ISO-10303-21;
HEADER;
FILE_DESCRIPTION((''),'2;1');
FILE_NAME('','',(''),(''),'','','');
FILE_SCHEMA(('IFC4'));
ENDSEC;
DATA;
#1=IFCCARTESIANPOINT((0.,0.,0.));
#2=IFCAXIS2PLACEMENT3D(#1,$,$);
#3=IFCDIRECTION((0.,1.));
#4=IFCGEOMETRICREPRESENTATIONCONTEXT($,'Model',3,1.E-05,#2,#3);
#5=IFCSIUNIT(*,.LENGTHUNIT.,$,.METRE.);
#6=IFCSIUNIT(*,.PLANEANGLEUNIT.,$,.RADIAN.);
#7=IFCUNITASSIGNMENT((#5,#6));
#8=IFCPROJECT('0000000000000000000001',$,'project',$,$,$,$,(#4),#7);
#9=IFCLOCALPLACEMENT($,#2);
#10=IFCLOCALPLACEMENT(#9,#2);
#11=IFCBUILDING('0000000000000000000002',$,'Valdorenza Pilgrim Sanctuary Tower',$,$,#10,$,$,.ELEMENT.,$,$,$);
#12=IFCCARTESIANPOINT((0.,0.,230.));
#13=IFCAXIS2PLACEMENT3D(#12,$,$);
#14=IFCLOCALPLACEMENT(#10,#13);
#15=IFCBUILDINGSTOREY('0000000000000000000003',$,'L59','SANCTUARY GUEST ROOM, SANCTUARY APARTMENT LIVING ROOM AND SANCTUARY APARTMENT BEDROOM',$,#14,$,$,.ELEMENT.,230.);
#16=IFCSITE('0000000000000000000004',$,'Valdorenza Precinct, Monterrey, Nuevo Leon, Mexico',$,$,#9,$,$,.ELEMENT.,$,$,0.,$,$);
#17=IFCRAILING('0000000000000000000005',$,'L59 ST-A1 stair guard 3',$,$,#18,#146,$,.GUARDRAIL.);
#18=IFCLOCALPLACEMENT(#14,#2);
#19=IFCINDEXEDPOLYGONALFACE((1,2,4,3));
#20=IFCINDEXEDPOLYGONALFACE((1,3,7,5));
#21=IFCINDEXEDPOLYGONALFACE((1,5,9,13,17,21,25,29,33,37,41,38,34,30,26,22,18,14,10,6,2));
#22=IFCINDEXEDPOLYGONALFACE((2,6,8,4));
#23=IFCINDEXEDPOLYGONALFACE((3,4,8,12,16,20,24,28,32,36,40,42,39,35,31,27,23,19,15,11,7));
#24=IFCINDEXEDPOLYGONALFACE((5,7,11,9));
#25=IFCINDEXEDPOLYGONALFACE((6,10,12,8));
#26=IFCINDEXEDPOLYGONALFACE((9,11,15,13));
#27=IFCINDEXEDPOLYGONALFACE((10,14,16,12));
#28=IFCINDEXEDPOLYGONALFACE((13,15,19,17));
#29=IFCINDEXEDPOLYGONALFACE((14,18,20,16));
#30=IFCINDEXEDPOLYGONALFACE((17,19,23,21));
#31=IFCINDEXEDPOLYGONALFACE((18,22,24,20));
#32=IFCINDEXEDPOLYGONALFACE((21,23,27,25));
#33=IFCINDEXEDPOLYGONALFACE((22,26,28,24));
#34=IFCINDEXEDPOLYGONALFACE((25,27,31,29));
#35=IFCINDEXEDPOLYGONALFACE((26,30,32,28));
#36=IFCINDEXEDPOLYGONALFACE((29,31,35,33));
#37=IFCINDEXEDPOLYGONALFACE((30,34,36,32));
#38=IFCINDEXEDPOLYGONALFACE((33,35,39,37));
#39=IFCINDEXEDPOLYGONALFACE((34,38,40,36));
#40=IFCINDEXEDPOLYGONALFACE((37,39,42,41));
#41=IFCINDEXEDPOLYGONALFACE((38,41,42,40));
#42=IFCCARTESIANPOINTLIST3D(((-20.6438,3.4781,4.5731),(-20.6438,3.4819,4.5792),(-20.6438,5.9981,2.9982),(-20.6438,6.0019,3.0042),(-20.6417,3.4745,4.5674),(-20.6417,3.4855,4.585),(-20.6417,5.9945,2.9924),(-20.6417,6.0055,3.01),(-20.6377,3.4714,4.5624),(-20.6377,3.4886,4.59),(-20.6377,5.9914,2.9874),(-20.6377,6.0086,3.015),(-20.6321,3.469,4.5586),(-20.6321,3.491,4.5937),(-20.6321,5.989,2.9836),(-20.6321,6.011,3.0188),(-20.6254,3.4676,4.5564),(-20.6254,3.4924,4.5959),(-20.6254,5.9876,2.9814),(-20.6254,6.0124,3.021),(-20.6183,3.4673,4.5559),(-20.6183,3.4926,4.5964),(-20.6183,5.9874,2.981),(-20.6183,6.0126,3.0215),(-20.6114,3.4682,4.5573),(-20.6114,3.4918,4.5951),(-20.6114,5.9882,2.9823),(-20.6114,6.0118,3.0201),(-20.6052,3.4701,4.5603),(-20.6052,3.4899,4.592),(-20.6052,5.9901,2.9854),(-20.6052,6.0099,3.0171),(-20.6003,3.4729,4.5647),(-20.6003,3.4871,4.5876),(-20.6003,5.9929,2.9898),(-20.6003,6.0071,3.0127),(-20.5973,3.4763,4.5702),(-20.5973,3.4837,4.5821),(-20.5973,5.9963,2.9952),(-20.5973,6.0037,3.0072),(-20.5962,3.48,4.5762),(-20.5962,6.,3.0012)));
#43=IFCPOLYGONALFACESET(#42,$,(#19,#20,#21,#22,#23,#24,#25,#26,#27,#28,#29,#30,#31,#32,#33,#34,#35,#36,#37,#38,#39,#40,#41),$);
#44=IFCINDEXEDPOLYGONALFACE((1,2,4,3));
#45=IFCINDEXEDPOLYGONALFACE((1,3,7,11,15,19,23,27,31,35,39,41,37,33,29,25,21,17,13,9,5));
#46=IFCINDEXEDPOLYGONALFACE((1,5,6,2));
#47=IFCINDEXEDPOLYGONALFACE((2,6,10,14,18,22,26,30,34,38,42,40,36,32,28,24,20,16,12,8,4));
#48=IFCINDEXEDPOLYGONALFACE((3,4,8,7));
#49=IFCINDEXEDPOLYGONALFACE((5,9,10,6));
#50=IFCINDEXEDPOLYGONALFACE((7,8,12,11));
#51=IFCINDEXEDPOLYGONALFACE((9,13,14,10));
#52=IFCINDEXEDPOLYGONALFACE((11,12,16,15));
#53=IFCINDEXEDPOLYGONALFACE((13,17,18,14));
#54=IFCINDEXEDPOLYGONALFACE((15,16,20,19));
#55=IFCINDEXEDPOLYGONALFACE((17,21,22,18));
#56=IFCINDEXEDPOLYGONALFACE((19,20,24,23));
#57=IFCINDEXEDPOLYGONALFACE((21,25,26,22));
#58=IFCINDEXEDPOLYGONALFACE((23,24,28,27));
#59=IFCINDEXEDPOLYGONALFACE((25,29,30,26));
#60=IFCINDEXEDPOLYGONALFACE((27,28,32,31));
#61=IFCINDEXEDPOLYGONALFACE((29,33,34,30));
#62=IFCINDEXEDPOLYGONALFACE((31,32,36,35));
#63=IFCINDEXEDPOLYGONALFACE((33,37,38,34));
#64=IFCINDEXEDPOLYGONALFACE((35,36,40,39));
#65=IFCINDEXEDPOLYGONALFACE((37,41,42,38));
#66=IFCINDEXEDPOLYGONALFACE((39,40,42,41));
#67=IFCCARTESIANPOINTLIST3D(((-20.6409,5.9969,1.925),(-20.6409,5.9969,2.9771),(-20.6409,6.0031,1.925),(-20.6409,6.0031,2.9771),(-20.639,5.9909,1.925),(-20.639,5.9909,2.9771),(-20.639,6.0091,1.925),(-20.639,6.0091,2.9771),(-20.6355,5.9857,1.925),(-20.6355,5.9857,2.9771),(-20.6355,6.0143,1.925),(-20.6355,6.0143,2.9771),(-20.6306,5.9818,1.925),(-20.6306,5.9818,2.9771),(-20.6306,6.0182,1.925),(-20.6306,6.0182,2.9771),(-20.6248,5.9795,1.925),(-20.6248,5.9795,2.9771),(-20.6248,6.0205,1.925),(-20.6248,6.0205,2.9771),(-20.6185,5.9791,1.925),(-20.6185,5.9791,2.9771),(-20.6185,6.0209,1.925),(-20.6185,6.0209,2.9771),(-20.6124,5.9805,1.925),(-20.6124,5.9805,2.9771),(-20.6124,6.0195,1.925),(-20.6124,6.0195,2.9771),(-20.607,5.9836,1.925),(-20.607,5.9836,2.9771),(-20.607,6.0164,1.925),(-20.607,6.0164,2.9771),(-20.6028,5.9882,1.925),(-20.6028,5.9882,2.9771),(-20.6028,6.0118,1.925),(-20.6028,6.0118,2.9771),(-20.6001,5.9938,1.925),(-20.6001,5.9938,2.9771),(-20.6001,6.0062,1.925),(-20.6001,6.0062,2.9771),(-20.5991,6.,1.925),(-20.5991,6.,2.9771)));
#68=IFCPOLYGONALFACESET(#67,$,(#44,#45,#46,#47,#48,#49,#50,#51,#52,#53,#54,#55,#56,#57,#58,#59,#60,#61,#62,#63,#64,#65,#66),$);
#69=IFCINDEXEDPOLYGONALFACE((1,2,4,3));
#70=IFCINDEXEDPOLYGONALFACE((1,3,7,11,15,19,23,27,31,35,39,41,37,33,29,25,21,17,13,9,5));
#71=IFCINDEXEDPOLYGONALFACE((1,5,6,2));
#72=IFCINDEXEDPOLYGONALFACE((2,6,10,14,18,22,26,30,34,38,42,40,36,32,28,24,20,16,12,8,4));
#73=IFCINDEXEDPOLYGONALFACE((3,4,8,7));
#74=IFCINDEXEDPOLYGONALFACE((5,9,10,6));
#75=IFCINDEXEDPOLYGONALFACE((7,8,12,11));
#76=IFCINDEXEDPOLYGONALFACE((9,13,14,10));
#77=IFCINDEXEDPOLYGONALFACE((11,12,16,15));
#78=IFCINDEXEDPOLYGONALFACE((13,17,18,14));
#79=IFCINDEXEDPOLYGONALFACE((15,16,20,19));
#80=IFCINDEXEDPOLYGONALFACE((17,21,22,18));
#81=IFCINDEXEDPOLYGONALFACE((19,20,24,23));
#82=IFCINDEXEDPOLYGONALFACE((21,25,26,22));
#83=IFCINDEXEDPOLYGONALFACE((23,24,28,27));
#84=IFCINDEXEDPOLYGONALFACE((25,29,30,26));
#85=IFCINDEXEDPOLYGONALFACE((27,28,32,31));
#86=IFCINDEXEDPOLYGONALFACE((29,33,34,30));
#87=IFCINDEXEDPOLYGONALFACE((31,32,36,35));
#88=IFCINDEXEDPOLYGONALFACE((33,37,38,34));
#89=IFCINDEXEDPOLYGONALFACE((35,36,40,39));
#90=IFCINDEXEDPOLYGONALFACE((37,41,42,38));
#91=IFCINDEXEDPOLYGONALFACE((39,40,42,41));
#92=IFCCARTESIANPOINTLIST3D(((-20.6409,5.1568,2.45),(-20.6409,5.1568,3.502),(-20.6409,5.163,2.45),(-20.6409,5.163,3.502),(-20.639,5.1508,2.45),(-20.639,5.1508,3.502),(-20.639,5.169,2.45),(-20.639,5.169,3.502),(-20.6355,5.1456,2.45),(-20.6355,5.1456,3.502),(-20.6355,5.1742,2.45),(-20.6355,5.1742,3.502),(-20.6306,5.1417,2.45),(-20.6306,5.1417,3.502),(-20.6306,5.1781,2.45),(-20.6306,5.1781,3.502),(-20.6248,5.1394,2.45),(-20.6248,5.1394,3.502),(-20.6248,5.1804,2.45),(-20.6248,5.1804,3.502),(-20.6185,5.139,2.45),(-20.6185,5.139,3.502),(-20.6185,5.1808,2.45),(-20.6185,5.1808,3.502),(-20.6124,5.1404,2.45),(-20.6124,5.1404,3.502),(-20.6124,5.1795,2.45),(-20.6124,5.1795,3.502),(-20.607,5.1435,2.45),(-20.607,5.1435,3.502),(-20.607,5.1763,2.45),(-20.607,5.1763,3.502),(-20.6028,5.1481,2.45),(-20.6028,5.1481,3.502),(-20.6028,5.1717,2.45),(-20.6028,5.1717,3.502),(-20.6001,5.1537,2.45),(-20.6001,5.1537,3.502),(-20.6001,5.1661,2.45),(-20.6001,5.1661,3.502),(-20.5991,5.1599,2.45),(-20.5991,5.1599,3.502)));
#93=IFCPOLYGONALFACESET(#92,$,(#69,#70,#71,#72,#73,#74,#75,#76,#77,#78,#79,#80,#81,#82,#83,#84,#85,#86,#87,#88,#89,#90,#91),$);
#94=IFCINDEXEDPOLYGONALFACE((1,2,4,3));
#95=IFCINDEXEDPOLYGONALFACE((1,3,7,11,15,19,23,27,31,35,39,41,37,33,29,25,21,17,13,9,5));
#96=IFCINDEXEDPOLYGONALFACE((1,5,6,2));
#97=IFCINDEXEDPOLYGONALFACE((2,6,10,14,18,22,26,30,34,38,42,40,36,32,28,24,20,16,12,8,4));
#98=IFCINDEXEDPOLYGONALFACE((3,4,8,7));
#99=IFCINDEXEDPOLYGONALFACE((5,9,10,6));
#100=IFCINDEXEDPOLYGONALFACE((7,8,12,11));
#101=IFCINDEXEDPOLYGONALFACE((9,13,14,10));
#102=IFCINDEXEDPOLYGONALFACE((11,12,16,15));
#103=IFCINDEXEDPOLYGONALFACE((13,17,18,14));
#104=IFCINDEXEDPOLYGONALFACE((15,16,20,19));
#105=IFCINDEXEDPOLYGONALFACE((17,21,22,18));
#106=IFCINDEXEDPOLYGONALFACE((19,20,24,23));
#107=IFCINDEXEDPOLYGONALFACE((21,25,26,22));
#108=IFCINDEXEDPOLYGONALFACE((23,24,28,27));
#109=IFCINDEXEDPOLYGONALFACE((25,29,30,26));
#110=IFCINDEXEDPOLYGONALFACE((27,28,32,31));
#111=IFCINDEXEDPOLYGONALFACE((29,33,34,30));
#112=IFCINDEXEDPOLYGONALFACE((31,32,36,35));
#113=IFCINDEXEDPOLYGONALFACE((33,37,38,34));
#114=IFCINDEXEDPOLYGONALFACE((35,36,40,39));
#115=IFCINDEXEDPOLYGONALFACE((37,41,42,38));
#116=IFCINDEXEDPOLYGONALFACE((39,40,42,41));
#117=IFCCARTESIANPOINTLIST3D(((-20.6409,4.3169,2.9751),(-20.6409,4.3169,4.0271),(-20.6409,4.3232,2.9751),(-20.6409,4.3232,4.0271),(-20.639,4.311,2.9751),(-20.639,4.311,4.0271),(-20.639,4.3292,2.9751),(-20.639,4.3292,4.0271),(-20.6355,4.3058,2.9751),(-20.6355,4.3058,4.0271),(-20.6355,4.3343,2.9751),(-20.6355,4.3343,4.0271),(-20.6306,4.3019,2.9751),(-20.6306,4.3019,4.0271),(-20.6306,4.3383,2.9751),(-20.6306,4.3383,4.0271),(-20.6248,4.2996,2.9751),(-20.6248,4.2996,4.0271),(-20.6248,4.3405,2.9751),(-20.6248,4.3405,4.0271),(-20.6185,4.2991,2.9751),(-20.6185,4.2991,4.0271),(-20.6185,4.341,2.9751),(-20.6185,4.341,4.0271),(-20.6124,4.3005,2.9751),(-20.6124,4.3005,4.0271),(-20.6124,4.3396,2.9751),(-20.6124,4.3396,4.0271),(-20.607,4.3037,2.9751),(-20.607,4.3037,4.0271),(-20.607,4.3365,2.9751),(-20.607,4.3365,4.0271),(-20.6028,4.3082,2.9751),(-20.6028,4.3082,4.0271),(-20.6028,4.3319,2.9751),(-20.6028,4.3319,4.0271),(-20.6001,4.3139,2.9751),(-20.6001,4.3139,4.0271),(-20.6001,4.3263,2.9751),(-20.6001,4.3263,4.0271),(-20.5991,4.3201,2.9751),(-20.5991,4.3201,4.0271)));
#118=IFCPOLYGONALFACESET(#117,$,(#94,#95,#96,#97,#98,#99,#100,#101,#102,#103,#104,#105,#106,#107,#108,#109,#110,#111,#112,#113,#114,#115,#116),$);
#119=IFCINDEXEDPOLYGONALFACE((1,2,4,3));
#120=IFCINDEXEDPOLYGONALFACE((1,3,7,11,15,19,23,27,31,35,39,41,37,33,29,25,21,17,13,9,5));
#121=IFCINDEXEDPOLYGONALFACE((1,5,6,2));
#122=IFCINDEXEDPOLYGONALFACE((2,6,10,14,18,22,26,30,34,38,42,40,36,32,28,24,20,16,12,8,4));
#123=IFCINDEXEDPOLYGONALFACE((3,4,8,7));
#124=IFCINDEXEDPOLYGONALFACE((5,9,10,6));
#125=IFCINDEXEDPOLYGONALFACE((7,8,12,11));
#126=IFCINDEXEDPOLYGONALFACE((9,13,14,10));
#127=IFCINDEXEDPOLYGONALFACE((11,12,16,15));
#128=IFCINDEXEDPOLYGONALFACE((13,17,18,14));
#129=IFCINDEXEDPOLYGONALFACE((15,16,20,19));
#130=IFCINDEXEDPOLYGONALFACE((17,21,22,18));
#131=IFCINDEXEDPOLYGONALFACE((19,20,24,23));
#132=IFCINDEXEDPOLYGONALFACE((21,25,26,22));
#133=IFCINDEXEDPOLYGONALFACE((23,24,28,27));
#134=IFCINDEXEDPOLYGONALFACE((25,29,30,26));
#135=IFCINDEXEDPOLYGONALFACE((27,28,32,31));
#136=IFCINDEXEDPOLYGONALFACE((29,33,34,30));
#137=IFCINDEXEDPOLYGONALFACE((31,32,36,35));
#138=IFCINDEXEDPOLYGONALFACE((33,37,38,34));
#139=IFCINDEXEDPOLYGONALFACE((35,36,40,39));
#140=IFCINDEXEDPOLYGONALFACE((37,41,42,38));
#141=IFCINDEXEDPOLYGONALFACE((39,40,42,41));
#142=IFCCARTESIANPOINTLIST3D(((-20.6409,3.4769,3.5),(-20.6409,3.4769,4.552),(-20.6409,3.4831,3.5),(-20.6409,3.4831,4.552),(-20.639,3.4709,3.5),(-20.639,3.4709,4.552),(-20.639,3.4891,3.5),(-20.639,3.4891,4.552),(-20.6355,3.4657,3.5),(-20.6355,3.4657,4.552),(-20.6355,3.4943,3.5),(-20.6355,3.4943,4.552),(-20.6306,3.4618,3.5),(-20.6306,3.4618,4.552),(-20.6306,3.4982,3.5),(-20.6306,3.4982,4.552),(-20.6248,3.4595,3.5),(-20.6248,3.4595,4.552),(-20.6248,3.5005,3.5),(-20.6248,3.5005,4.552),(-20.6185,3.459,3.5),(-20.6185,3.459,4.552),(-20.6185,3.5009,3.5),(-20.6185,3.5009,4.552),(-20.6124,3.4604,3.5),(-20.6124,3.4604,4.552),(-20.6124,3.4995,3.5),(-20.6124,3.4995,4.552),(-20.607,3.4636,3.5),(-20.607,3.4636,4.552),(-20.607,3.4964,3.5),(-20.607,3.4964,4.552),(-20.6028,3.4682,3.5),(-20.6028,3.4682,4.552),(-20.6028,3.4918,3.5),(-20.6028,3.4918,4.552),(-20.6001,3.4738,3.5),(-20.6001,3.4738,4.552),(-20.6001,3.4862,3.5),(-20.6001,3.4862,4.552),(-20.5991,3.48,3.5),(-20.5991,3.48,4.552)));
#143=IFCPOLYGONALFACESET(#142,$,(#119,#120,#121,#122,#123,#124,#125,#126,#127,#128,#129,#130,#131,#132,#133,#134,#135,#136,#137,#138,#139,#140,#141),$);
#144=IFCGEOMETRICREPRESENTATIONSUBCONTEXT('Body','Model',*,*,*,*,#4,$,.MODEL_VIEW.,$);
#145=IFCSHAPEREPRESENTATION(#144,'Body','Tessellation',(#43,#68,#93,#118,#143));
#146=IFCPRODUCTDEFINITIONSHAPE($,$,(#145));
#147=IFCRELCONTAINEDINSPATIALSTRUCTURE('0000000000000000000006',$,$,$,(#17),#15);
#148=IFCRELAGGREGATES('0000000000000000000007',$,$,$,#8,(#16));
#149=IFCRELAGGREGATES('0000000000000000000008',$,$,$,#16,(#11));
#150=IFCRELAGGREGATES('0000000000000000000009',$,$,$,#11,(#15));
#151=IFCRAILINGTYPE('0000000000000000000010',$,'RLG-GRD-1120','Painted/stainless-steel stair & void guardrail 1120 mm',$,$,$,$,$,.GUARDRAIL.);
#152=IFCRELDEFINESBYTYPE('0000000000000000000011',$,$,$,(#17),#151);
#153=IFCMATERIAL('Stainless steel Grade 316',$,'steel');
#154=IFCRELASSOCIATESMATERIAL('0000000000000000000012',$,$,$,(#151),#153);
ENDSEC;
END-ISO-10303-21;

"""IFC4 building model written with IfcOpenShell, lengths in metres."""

from ifc_helpers import new_model, si_unit, direction, frame, origin, origin_2d, place, context, subcontext, project, spatial, circle, extrude, material, type_object, element, save


model = new_model("IFC4")

# Units and contexts
model_context = context("Model", 3, precision=1e-05, world=origin(), true_north=direction((0.0, 1.0)))
body_context = subcontext(model_context, "Body", "Model", "MODEL_VIEW")
ifc_project = project(units=[si_unit("LENGTHUNIT", "METRE"), si_unit("PLANEANGLEUNIT", "RADIAN")], contexts=[model_context])

# Site, building, storey
site_placement = place(None, origin())
site = spatial("IfcSite", under=ifc_project, at=site_placement, Name="Valdorenza Precinct, Monterrey, Nuevo Leon, Mexico", CompositionType="ELEMENT", RefElevation=0.0)
building_placement = place(site_placement, origin())
building = spatial("IfcBuilding", under=site, at=building_placement, Name="Valdorenza Pilgrim Sanctuary Tower", CompositionType="ELEMENT")
storey_placement = place(building_placement, frame((0.0, 0.0, 230.0)))
storey = spatial("IfcBuildingStorey", under=building, at=storey_placement, Name="L59", Description="SANCTUARY GUEST ROOM, SANCTUARY APARTMENT LIVING ROOM AND SANCTUARY APARTMENT BEDROOM", CompositionType="ELEMENT", Elevation=230.0)

# Railing
ifc_material_1 = material(Name="Stainless steel Grade 316", Category="steel")
railing_type_1 = type_object("IfcRailingType", Name="RLG-GRD-1120", Description="Painted/stainless-steel stair & void guardrail 1120 mm", PredefinedType="GUARDRAIL", material=ifc_material_1)
railing_1_placement = place(storey_placement, frame((-20.6201, 6.0, 1.925)))
element("IfcRailing", 1, at=railing_1_placement, inside=storey, type_object=railing_type_1, Name="L59 ST-A1 stair guard 3", PredefinedType="GUARDRAIL", context=body_context, shape_type="SweptSolid", body=[
    extrude(circle(Radius=0.0239, at=origin_2d()), frame((0.0, 0.0, 1.0762), z_axis=(0.0, -0.848008, 0.529984), x_axis=(1.0, 0.0, 0.0)), (0.0, 0.0, 1.0), 2.9717),
    extrude(circle(Radius=0.021, at=origin_2d()), origin(), (0.0, 0.0, 1.0), 1.052),
    extrude(circle(Radius=0.021, at=origin_2d()), frame((0.0, -0.8401, 0.5249)), (0.0, 0.0, 1.0), 1.052),
    extrude(circle(Radius=0.021, at=origin_2d()), frame((0.0, -1.6799, 1.05)), (0.0, 0.0, 1.0), 1.052),
    extrude(circle(Radius=0.021, at=origin_2d()), frame((0.0, -2.52, 1.575)), (0.0, 0.0, 1.0), 1.052),
])

save(model, "model.ifc")
